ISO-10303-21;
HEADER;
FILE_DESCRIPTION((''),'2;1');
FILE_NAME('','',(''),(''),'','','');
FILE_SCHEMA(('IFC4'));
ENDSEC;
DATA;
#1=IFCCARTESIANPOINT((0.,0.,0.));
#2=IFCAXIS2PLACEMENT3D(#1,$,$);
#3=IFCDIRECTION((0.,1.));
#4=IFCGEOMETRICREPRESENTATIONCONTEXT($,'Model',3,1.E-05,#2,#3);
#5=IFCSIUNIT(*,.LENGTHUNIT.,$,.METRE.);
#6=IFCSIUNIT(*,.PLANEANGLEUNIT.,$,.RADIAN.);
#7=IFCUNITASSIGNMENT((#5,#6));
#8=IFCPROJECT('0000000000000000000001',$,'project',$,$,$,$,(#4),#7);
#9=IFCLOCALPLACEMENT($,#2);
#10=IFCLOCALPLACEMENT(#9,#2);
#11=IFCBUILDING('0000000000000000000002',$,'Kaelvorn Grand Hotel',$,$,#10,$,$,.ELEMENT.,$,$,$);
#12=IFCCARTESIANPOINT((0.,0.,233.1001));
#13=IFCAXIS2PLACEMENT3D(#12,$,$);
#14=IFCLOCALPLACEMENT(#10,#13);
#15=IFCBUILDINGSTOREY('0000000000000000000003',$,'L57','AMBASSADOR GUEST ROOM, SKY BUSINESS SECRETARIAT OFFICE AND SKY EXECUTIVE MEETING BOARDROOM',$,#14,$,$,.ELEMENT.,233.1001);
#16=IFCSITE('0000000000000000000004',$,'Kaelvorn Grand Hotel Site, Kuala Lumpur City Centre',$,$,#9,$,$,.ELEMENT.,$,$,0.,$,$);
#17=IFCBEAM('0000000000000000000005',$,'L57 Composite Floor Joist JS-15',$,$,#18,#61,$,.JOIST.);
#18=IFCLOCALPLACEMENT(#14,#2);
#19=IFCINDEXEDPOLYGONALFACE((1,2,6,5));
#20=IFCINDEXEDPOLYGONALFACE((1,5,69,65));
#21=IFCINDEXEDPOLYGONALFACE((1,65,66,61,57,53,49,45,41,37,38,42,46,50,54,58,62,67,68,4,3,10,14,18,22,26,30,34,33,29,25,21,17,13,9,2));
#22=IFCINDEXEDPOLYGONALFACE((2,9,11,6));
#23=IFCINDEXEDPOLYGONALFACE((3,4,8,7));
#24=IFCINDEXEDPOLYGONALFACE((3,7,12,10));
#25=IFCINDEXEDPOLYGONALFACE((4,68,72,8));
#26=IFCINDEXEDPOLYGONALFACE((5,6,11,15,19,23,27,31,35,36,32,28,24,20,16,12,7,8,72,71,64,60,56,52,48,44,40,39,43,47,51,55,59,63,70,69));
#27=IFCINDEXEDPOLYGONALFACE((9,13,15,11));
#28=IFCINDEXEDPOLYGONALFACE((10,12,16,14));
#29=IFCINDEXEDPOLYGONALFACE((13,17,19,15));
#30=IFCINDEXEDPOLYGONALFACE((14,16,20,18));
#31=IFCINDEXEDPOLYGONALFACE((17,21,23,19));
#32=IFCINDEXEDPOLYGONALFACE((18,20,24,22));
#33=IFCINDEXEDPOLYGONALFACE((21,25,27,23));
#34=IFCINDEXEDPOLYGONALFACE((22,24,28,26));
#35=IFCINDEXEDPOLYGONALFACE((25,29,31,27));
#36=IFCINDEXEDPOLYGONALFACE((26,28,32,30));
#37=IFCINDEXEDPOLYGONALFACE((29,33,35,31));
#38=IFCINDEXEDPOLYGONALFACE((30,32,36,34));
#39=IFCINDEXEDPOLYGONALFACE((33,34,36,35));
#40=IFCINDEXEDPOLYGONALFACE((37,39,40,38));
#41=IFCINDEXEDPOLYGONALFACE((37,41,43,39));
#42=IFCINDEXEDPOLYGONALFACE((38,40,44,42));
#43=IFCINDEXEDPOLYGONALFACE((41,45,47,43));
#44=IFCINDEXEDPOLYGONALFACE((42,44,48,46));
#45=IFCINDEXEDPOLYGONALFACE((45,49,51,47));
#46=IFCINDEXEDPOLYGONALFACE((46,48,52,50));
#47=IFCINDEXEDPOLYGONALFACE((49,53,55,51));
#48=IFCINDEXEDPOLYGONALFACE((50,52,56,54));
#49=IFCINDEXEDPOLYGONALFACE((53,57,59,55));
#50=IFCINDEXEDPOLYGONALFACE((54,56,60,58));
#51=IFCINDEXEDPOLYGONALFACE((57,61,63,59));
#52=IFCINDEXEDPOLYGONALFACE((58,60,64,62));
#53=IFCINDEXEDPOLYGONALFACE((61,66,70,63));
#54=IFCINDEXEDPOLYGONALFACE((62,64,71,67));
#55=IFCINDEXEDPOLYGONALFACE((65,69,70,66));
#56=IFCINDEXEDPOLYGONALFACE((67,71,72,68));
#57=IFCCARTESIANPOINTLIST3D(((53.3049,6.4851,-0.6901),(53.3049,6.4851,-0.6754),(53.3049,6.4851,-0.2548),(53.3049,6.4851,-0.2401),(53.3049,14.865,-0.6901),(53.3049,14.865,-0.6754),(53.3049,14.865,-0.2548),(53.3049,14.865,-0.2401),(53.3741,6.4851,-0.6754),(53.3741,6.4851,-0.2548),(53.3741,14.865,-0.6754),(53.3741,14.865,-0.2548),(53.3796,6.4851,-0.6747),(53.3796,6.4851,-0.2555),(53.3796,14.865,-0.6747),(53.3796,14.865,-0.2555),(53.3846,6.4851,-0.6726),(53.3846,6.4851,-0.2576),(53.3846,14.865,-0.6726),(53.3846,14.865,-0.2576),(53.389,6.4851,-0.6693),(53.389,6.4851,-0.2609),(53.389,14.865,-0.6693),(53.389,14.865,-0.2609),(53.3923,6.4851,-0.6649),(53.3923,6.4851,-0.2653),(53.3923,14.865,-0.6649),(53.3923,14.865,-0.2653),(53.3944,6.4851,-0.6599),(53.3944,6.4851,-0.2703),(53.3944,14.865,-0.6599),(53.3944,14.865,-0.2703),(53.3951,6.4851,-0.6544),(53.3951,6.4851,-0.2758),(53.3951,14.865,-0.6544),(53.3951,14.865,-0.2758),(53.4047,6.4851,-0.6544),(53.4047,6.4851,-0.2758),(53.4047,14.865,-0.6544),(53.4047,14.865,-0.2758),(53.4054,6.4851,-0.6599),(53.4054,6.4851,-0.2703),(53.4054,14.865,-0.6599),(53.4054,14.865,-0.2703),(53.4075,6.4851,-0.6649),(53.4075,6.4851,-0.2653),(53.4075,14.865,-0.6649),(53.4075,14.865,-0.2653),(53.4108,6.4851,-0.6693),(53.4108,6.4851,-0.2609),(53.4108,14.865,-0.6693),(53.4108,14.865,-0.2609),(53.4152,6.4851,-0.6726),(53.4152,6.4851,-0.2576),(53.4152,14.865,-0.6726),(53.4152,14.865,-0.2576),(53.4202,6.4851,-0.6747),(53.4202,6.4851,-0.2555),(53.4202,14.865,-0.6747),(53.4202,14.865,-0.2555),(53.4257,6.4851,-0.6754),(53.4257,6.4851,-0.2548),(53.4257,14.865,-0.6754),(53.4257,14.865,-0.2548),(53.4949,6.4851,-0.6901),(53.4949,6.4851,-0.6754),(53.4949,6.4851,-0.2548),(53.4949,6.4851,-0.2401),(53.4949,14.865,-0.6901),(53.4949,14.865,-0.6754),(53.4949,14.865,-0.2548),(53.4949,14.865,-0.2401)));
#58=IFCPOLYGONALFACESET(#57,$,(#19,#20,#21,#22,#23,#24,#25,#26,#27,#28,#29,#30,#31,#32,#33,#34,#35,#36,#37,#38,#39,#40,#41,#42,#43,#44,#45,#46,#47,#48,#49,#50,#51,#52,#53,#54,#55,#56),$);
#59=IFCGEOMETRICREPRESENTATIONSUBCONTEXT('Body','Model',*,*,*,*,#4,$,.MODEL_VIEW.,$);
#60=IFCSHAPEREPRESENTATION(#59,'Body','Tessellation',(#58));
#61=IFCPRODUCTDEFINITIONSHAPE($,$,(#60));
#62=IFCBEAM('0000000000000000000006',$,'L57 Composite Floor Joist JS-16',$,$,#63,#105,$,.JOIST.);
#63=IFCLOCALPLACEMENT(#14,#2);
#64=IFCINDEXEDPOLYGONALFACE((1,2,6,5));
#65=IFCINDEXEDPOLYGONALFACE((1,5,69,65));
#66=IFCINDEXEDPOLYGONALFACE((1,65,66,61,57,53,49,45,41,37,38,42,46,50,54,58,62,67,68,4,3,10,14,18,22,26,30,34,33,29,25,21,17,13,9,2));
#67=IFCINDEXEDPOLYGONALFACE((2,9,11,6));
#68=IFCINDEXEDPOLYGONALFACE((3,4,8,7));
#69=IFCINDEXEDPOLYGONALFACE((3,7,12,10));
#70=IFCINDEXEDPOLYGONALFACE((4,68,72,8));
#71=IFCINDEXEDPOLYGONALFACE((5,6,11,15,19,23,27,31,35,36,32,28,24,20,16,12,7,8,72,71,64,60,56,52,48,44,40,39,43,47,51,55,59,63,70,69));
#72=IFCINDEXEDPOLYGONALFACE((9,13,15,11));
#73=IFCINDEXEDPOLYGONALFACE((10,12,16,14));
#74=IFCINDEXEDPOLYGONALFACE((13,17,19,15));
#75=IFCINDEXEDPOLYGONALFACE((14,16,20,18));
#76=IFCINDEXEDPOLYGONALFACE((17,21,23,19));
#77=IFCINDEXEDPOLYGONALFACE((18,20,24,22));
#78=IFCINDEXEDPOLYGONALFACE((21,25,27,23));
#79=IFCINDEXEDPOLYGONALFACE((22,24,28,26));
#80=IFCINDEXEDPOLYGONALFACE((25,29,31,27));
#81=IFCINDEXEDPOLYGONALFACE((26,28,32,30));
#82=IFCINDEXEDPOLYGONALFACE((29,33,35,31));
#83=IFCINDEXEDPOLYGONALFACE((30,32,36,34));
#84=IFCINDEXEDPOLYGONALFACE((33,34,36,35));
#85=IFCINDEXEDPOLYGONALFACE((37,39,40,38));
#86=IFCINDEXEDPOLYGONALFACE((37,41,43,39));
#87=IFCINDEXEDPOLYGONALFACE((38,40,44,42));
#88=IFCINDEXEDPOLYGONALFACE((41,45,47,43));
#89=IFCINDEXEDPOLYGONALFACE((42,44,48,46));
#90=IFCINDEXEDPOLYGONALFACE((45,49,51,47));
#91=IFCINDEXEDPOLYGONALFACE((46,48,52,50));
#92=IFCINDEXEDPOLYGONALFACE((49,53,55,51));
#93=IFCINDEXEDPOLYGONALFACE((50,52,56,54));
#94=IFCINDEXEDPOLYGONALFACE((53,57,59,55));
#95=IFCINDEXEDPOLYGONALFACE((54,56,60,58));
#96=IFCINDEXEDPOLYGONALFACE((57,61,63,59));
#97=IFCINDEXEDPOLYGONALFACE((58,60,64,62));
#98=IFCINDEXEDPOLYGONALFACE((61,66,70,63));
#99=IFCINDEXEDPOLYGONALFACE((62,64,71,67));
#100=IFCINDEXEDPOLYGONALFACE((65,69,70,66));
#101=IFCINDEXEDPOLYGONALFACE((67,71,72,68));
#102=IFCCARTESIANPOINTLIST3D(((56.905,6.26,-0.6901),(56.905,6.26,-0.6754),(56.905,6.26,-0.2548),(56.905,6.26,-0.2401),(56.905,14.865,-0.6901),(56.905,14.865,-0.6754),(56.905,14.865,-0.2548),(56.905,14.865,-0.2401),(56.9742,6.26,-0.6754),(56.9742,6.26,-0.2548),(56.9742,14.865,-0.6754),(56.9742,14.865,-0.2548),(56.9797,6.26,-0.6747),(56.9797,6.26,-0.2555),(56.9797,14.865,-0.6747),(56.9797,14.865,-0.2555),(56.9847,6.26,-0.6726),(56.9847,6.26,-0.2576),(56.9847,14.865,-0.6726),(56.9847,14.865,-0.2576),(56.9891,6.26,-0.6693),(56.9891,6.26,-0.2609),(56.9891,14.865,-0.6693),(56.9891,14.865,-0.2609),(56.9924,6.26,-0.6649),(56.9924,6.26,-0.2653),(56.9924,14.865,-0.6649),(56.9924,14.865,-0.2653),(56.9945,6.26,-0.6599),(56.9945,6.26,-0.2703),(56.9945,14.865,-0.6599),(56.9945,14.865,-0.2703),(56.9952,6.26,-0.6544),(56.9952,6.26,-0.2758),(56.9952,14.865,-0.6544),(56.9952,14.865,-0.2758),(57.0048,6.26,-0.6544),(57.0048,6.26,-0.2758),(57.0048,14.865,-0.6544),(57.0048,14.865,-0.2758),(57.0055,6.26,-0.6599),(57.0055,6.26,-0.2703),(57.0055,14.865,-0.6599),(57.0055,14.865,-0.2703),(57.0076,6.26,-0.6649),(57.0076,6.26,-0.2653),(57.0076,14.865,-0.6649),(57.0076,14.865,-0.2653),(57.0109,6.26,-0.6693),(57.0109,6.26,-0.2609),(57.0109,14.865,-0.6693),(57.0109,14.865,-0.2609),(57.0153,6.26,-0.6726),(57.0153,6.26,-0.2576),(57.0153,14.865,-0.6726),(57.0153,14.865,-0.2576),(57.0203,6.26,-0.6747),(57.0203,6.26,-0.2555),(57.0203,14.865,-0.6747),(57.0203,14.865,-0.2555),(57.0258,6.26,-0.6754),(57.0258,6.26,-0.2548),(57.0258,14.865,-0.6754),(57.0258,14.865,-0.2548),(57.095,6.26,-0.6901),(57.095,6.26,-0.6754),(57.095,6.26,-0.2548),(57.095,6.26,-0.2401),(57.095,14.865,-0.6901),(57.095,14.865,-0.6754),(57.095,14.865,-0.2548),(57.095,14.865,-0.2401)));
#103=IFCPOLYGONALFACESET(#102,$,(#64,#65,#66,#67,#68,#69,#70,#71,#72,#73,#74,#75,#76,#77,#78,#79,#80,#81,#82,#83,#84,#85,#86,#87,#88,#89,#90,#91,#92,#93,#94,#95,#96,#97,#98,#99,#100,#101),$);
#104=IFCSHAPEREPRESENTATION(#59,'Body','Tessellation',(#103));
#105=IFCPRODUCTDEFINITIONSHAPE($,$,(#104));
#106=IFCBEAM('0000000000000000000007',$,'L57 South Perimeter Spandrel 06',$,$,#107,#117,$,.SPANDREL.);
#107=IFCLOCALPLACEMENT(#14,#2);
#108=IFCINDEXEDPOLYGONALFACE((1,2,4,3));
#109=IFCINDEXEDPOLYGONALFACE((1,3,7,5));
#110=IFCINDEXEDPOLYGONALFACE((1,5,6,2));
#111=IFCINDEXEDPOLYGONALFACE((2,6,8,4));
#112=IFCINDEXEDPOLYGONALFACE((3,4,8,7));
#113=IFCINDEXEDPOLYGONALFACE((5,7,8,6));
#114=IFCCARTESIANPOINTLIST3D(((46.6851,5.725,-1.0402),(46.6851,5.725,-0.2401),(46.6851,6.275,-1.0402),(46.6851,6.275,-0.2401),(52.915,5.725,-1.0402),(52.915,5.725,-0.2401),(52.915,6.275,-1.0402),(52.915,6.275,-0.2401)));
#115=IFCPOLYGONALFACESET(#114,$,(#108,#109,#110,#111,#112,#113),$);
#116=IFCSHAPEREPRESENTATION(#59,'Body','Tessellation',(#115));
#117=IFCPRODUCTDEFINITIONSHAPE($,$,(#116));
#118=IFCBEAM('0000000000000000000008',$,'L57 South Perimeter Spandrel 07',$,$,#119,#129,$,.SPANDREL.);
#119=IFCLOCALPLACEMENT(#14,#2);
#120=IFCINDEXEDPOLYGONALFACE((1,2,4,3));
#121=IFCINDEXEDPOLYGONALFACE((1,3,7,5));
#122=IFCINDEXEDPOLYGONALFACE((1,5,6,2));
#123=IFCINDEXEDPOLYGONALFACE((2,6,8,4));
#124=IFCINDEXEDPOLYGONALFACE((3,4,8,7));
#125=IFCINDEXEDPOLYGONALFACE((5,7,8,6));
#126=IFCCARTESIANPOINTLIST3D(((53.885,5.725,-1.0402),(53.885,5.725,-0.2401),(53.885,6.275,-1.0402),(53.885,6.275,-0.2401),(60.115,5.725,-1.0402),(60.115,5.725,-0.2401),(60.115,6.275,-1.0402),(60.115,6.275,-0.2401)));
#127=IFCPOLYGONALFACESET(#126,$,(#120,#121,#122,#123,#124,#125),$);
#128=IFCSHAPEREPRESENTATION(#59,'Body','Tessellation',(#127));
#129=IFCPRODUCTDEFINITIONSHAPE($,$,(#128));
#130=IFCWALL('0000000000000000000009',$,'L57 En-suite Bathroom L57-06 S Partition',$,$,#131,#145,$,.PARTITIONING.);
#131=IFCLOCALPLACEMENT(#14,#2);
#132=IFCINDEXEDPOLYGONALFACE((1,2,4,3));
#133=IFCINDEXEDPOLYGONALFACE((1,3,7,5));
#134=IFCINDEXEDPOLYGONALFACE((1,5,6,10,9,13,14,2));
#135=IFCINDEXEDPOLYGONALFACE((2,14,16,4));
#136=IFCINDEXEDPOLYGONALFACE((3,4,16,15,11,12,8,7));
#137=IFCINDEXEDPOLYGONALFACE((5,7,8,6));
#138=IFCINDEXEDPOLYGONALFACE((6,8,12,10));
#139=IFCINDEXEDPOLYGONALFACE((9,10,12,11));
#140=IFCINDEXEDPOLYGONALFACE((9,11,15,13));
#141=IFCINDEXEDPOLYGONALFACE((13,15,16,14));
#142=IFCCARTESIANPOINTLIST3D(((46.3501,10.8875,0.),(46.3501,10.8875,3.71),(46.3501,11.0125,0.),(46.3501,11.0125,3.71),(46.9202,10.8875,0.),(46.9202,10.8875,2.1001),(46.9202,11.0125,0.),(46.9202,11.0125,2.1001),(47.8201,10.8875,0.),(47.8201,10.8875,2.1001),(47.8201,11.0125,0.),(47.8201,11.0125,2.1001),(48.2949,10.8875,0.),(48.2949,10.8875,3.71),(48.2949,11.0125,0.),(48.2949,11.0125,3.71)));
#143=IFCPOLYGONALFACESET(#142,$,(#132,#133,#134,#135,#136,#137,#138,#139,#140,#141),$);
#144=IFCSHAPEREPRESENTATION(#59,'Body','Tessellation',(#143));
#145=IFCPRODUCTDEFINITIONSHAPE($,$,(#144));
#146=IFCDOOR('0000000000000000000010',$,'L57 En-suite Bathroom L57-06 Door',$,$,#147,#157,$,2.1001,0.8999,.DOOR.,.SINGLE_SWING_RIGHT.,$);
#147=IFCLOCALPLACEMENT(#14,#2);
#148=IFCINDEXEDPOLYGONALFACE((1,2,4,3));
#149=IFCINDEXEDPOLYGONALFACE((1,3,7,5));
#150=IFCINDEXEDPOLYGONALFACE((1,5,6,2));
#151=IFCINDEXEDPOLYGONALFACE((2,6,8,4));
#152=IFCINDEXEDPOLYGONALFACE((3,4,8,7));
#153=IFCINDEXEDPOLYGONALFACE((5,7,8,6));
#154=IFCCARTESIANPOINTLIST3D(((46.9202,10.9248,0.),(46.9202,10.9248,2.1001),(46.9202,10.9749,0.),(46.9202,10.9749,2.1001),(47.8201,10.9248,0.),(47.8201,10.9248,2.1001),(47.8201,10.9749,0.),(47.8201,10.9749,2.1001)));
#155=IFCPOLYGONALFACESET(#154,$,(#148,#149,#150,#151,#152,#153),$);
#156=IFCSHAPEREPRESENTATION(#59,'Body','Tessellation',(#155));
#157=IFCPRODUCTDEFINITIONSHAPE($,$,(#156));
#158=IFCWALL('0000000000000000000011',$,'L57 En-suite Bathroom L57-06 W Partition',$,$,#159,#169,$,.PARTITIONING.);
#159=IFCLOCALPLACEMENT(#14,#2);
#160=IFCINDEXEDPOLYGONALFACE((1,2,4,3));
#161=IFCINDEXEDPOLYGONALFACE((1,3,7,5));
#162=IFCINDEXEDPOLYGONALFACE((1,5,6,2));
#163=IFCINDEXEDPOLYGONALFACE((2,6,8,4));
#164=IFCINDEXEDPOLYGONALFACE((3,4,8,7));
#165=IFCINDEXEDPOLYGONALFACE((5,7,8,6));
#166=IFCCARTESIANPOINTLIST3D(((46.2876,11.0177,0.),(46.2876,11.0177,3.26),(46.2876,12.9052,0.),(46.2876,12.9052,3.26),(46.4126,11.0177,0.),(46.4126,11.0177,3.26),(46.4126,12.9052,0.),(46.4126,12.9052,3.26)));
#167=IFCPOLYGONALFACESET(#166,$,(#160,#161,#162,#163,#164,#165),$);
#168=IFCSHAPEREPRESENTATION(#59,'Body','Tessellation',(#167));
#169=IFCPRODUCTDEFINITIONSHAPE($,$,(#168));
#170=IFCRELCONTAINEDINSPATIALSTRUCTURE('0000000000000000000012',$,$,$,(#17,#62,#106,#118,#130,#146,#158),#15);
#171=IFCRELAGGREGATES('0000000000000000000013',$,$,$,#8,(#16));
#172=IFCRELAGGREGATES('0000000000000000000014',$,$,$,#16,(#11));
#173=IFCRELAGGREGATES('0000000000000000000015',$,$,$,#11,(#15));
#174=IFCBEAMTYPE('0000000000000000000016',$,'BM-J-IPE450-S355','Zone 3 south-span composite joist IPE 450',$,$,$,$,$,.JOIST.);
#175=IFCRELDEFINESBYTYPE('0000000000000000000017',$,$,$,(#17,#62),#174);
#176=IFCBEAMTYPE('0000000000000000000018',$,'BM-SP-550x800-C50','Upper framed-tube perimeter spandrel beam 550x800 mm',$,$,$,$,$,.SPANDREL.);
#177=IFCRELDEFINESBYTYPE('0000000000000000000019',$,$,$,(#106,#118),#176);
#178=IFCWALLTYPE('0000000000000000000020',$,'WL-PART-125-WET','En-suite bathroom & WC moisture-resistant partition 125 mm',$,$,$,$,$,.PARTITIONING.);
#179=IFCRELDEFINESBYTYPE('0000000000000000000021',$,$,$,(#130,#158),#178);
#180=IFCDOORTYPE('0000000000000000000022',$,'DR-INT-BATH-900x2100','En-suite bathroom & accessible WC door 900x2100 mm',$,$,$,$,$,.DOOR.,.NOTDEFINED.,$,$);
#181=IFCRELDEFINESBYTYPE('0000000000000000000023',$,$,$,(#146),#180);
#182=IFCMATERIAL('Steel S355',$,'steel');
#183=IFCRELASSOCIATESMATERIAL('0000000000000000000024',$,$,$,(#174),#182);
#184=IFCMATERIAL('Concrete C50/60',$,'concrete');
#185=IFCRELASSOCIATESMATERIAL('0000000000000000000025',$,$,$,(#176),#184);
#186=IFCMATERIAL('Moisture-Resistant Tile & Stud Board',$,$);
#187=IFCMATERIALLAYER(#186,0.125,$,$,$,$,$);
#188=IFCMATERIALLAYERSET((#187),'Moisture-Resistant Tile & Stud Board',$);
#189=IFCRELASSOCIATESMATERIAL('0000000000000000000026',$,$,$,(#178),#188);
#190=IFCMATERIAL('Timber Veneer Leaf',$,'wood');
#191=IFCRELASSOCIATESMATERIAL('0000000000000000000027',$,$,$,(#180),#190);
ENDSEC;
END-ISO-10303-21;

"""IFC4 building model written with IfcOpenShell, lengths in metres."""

from ifc_helpers import new_model, si_unit, direction, frame, frame_2d, origin, origin_2d, place, context, subcontext, project, spatial, rectangle, i_section, extrude, material, layer, layer_set, material_profile, profile_set, type_object, element, fill, save


model = new_model("IFC4")

# Units and contexts
model_context = context("Model", 3, precision=1e-05, world=origin(), true_north=direction((0.0, 1.0)))
body_context = subcontext(model_context, "Body", "Model", "MODEL_VIEW")
ifc_project = project(units=[si_unit("LENGTHUNIT", "METRE"), si_unit("PLANEANGLEUNIT", "RADIAN")], contexts=[model_context])

# Site, building, storey
site_placement = place(None, origin())
site = spatial("IfcSite", under=ifc_project, at=site_placement, Name="Kaelvorn Grand Hotel Site, Kuala Lumpur City Centre", CompositionType="ELEMENT", RefElevation=0.0)
building_placement = place(site_placement, origin())
building = spatial("IfcBuilding", under=site, at=building_placement, Name="Kaelvorn Grand Hotel", CompositionType="ELEMENT")
storey_placement = place(building_placement, frame((0.0, 0.0, 233.1001)))
storey = spatial("IfcBuildingStorey", under=building, at=storey_placement, Name="L57", Description="AMBASSADOR GUEST ROOM, SKY BUSINESS SECRETARIAT OFFICE AND SKY EXECUTIVE MEETING BOARDROOM", CompositionType="ELEMENT", Elevation=233.1001)

# Shared definitions
ifc_material_1 = material(Name="Concrete C50/60", Category="concrete")

# Beams
ifc_material_2 = material(Name="Steel S355", Category="steel")
ifc_material_profile_1 = material_profile(ifc_material_2, i_section(OverallWidth=0.1899, OverallDepth=0.45, WebThickness=0.0095, FlangeThickness=0.0146, FilletRadius=0.021, at=origin_2d()), Name="IPE 450")
ifc_profile_set_1 = profile_set([ifc_material_profile_1], Name="Steel S355")
beam_type_1 = type_object("IfcBeamType", Name="BM-J-IPE450-S355", Description="Zone 3 south-span composite joist IPE 450", PredefinedType="JOIST", material=ifc_profile_set_1)
beam_1_placement = place(storey_placement, frame((53.3999, 6.4851, -0.4651), z_axis=(0.0, 1.0, 0.0), x_axis=(-1.0, 0.0, 0.0)))
element("IfcBeam", 1, at=beam_1_placement, inside=storey, type_object=beam_type_1, Name="L57 Composite Floor Joist JS-15", PredefinedType="JOIST", context=body_context, shape_type="SweptSolid", body=[
    extrude(i_section(OverallWidth=0.1899, OverallDepth=0.45, WebThickness=0.0095, FlangeThickness=0.0146, FilletRadius=0.021, at=origin_2d()), origin(), (0.0, 0.0, 1.0), 8.3799),
])
beam_2_placement = place(storey_placement, frame((57.0, 6.26, -0.4651), z_axis=(0.0, 1.0, 0.0), x_axis=(-1.0, 0.0, 0.0)))
element("IfcBeam", 2, at=beam_2_placement, inside=storey, type_object=beam_type_1, Name="L57 Composite Floor Joist JS-16", PredefinedType="JOIST", context=body_context, shape_type="SweptSolid", body=[
    extrude(i_section(OverallWidth=0.1899, OverallDepth=0.45, WebThickness=0.0095, FlangeThickness=0.0146, FilletRadius=0.021, at=origin_2d()), origin(), (0.0, 0.0, 1.0), 8.605),
])
ifc_material_profile_2 = material_profile(ifc_material_1, rectangle(XDim=0.55, YDim=0.8, at=origin_2d()), Name="RC SPANDREL 550x800")
ifc_profile_set_2 = profile_set([ifc_material_profile_2], Name="Concrete C50/60")
beam_type_2 = type_object("IfcBeamType", Name="BM-SP-550x800-C50", Description="Upper framed-tube perimeter spandrel beam 550x800 mm", PredefinedType="SPANDREL", material=ifc_profile_set_2)
for number, where, z_axis, x_axis, name in (
    (3, (46.6851, 6.0, -0.6401), (1.0, 0.0, 0.0), (0.0, 1.0, 0.0), "L57 South Perimeter Spandrel 06"),
    (4, (53.885, 6.0, -0.6401), (1.0, 0.0, 0.0), (0.0, 1.0, 0.0), "L57 South Perimeter Spandrel 07"),
):
    element("IfcBeam", number, at=place(storey_placement, frame(where, z_axis=z_axis, x_axis=x_axis)), inside=storey, type_object=beam_type_2, Name=name, PredefinedType="SPANDREL", context=body_context, shape_type="SweptSolid", body=[
        extrude(rectangle(XDim=0.55, YDim=0.8, at=origin_2d()), origin(), (0.0, 0.0, 1.0), 6.23),
    ])

# Wall, opening, door
ifc_material_3 = material(Name="Moisture-Resistant Tile & Stud Board")
ifc_layer_1 = layer(ifc_material_3, 0.125)
ifc_layer_set_1 = layer_set([ifc_layer_1], Name="Moisture-Resistant Tile & Stud Board")
wall_type_1 = type_object("IfcWallType", Name="WL-PART-125-WET", Description="En-suite bathroom & WC moisture-resistant partition 125 mm", PredefinedType="PARTITIONING", material=ifc_layer_set_1)
wall_1_placement = place(storey_placement, frame((46.3501, 10.95, 0.0), z_axis=(0.0, 0.0, 1.0), x_axis=(1.0, 0.0, 0.0)))
wall_1 = element("IfcWall", 5, at=wall_1_placement, inside=storey, type_object=wall_type_1, Name="L57 En-suite Bathroom L57-06 S Partition", PredefinedType="PARTITIONING", context=body_context, shape_type="SweptSolid", body=[
    extrude(rectangle(XDim=1.9448, YDim=0.125, at=frame_2d((0.9724, 0.0))), origin(), (0.0, 0.0, 1.0), 3.71),
])
opening_1_placement = place(wall_1_placement, frame((0.5701, 0.0, 0.0)))
opening_1 = element("IfcOpeningElement", 6, at=opening_1_placement, cuts=wall_1, PredefinedType="OPENING", context=body_context, shape_type="SweptSolid", body=[
    extrude(rectangle(XDim=0.8999, YDim=2.1001, at=frame_2d((0.45, 1.05))), frame((0.0, 0.0725, 0.0), z_axis=(0.0, -1.0, 0.0), x_axis=(1.0, 0.0, 0.0)), (0.0, 0.0, 1.0), 0.145),
])
ifc_material_4 = material(Name="Timber Veneer Leaf", Category="wood")
door_type = type_object("IfcDoorType", Name="DR-INT-BATH-900x2100", Description="En-suite bathroom & accessible WC door 900x2100 mm", OperationType="NOTDEFINED", PredefinedType="DOOR", material=ifc_material_4)
door_1_placement = place(opening_1_placement, origin())
door_1 = element("IfcDoor", 7, at=door_1_placement, inside=storey, type_object=door_type, Name="L57 En-suite Bathroom L57-06 Door", OperationType="SINGLE_SWING_RIGHT", OverallHeight=2.1001, OverallWidth=0.8999, PredefinedType="DOOR", context=body_context, shape_type="SweptSolid", body=[
    extrude(rectangle(XDim=0.8999, YDim=2.1001, at=frame_2d((0.45, 1.05))), frame((0.0, 0.0249, 0.0), z_axis=(0.0, -1.0, 0.0), x_axis=(1.0, 0.0, 0.0)), (0.0, 0.0, 1.0), 0.05),
])
fill(opening_1, door_1)

# Wall
wall_2_placement = place(storey_placement, frame((46.3501, 11.0176, 0.0), z_axis=(0.0, 0.0, 1.0), x_axis=(0.0, 1.0, 0.0)))
element("IfcWall", 8, at=wall_2_placement, inside=storey, type_object=wall_type_1, Name="L57 En-suite Bathroom L57-06 W Partition", PredefinedType="PARTITIONING", context=body_context, shape_type="SweptSolid", body=[
    extrude(rectangle(XDim=1.8875, YDim=0.125, at=frame_2d((0.9438, 0.0))), origin(), (0.0, 0.0, 1.0), 3.26),
])

save(model, "model.ifc")
